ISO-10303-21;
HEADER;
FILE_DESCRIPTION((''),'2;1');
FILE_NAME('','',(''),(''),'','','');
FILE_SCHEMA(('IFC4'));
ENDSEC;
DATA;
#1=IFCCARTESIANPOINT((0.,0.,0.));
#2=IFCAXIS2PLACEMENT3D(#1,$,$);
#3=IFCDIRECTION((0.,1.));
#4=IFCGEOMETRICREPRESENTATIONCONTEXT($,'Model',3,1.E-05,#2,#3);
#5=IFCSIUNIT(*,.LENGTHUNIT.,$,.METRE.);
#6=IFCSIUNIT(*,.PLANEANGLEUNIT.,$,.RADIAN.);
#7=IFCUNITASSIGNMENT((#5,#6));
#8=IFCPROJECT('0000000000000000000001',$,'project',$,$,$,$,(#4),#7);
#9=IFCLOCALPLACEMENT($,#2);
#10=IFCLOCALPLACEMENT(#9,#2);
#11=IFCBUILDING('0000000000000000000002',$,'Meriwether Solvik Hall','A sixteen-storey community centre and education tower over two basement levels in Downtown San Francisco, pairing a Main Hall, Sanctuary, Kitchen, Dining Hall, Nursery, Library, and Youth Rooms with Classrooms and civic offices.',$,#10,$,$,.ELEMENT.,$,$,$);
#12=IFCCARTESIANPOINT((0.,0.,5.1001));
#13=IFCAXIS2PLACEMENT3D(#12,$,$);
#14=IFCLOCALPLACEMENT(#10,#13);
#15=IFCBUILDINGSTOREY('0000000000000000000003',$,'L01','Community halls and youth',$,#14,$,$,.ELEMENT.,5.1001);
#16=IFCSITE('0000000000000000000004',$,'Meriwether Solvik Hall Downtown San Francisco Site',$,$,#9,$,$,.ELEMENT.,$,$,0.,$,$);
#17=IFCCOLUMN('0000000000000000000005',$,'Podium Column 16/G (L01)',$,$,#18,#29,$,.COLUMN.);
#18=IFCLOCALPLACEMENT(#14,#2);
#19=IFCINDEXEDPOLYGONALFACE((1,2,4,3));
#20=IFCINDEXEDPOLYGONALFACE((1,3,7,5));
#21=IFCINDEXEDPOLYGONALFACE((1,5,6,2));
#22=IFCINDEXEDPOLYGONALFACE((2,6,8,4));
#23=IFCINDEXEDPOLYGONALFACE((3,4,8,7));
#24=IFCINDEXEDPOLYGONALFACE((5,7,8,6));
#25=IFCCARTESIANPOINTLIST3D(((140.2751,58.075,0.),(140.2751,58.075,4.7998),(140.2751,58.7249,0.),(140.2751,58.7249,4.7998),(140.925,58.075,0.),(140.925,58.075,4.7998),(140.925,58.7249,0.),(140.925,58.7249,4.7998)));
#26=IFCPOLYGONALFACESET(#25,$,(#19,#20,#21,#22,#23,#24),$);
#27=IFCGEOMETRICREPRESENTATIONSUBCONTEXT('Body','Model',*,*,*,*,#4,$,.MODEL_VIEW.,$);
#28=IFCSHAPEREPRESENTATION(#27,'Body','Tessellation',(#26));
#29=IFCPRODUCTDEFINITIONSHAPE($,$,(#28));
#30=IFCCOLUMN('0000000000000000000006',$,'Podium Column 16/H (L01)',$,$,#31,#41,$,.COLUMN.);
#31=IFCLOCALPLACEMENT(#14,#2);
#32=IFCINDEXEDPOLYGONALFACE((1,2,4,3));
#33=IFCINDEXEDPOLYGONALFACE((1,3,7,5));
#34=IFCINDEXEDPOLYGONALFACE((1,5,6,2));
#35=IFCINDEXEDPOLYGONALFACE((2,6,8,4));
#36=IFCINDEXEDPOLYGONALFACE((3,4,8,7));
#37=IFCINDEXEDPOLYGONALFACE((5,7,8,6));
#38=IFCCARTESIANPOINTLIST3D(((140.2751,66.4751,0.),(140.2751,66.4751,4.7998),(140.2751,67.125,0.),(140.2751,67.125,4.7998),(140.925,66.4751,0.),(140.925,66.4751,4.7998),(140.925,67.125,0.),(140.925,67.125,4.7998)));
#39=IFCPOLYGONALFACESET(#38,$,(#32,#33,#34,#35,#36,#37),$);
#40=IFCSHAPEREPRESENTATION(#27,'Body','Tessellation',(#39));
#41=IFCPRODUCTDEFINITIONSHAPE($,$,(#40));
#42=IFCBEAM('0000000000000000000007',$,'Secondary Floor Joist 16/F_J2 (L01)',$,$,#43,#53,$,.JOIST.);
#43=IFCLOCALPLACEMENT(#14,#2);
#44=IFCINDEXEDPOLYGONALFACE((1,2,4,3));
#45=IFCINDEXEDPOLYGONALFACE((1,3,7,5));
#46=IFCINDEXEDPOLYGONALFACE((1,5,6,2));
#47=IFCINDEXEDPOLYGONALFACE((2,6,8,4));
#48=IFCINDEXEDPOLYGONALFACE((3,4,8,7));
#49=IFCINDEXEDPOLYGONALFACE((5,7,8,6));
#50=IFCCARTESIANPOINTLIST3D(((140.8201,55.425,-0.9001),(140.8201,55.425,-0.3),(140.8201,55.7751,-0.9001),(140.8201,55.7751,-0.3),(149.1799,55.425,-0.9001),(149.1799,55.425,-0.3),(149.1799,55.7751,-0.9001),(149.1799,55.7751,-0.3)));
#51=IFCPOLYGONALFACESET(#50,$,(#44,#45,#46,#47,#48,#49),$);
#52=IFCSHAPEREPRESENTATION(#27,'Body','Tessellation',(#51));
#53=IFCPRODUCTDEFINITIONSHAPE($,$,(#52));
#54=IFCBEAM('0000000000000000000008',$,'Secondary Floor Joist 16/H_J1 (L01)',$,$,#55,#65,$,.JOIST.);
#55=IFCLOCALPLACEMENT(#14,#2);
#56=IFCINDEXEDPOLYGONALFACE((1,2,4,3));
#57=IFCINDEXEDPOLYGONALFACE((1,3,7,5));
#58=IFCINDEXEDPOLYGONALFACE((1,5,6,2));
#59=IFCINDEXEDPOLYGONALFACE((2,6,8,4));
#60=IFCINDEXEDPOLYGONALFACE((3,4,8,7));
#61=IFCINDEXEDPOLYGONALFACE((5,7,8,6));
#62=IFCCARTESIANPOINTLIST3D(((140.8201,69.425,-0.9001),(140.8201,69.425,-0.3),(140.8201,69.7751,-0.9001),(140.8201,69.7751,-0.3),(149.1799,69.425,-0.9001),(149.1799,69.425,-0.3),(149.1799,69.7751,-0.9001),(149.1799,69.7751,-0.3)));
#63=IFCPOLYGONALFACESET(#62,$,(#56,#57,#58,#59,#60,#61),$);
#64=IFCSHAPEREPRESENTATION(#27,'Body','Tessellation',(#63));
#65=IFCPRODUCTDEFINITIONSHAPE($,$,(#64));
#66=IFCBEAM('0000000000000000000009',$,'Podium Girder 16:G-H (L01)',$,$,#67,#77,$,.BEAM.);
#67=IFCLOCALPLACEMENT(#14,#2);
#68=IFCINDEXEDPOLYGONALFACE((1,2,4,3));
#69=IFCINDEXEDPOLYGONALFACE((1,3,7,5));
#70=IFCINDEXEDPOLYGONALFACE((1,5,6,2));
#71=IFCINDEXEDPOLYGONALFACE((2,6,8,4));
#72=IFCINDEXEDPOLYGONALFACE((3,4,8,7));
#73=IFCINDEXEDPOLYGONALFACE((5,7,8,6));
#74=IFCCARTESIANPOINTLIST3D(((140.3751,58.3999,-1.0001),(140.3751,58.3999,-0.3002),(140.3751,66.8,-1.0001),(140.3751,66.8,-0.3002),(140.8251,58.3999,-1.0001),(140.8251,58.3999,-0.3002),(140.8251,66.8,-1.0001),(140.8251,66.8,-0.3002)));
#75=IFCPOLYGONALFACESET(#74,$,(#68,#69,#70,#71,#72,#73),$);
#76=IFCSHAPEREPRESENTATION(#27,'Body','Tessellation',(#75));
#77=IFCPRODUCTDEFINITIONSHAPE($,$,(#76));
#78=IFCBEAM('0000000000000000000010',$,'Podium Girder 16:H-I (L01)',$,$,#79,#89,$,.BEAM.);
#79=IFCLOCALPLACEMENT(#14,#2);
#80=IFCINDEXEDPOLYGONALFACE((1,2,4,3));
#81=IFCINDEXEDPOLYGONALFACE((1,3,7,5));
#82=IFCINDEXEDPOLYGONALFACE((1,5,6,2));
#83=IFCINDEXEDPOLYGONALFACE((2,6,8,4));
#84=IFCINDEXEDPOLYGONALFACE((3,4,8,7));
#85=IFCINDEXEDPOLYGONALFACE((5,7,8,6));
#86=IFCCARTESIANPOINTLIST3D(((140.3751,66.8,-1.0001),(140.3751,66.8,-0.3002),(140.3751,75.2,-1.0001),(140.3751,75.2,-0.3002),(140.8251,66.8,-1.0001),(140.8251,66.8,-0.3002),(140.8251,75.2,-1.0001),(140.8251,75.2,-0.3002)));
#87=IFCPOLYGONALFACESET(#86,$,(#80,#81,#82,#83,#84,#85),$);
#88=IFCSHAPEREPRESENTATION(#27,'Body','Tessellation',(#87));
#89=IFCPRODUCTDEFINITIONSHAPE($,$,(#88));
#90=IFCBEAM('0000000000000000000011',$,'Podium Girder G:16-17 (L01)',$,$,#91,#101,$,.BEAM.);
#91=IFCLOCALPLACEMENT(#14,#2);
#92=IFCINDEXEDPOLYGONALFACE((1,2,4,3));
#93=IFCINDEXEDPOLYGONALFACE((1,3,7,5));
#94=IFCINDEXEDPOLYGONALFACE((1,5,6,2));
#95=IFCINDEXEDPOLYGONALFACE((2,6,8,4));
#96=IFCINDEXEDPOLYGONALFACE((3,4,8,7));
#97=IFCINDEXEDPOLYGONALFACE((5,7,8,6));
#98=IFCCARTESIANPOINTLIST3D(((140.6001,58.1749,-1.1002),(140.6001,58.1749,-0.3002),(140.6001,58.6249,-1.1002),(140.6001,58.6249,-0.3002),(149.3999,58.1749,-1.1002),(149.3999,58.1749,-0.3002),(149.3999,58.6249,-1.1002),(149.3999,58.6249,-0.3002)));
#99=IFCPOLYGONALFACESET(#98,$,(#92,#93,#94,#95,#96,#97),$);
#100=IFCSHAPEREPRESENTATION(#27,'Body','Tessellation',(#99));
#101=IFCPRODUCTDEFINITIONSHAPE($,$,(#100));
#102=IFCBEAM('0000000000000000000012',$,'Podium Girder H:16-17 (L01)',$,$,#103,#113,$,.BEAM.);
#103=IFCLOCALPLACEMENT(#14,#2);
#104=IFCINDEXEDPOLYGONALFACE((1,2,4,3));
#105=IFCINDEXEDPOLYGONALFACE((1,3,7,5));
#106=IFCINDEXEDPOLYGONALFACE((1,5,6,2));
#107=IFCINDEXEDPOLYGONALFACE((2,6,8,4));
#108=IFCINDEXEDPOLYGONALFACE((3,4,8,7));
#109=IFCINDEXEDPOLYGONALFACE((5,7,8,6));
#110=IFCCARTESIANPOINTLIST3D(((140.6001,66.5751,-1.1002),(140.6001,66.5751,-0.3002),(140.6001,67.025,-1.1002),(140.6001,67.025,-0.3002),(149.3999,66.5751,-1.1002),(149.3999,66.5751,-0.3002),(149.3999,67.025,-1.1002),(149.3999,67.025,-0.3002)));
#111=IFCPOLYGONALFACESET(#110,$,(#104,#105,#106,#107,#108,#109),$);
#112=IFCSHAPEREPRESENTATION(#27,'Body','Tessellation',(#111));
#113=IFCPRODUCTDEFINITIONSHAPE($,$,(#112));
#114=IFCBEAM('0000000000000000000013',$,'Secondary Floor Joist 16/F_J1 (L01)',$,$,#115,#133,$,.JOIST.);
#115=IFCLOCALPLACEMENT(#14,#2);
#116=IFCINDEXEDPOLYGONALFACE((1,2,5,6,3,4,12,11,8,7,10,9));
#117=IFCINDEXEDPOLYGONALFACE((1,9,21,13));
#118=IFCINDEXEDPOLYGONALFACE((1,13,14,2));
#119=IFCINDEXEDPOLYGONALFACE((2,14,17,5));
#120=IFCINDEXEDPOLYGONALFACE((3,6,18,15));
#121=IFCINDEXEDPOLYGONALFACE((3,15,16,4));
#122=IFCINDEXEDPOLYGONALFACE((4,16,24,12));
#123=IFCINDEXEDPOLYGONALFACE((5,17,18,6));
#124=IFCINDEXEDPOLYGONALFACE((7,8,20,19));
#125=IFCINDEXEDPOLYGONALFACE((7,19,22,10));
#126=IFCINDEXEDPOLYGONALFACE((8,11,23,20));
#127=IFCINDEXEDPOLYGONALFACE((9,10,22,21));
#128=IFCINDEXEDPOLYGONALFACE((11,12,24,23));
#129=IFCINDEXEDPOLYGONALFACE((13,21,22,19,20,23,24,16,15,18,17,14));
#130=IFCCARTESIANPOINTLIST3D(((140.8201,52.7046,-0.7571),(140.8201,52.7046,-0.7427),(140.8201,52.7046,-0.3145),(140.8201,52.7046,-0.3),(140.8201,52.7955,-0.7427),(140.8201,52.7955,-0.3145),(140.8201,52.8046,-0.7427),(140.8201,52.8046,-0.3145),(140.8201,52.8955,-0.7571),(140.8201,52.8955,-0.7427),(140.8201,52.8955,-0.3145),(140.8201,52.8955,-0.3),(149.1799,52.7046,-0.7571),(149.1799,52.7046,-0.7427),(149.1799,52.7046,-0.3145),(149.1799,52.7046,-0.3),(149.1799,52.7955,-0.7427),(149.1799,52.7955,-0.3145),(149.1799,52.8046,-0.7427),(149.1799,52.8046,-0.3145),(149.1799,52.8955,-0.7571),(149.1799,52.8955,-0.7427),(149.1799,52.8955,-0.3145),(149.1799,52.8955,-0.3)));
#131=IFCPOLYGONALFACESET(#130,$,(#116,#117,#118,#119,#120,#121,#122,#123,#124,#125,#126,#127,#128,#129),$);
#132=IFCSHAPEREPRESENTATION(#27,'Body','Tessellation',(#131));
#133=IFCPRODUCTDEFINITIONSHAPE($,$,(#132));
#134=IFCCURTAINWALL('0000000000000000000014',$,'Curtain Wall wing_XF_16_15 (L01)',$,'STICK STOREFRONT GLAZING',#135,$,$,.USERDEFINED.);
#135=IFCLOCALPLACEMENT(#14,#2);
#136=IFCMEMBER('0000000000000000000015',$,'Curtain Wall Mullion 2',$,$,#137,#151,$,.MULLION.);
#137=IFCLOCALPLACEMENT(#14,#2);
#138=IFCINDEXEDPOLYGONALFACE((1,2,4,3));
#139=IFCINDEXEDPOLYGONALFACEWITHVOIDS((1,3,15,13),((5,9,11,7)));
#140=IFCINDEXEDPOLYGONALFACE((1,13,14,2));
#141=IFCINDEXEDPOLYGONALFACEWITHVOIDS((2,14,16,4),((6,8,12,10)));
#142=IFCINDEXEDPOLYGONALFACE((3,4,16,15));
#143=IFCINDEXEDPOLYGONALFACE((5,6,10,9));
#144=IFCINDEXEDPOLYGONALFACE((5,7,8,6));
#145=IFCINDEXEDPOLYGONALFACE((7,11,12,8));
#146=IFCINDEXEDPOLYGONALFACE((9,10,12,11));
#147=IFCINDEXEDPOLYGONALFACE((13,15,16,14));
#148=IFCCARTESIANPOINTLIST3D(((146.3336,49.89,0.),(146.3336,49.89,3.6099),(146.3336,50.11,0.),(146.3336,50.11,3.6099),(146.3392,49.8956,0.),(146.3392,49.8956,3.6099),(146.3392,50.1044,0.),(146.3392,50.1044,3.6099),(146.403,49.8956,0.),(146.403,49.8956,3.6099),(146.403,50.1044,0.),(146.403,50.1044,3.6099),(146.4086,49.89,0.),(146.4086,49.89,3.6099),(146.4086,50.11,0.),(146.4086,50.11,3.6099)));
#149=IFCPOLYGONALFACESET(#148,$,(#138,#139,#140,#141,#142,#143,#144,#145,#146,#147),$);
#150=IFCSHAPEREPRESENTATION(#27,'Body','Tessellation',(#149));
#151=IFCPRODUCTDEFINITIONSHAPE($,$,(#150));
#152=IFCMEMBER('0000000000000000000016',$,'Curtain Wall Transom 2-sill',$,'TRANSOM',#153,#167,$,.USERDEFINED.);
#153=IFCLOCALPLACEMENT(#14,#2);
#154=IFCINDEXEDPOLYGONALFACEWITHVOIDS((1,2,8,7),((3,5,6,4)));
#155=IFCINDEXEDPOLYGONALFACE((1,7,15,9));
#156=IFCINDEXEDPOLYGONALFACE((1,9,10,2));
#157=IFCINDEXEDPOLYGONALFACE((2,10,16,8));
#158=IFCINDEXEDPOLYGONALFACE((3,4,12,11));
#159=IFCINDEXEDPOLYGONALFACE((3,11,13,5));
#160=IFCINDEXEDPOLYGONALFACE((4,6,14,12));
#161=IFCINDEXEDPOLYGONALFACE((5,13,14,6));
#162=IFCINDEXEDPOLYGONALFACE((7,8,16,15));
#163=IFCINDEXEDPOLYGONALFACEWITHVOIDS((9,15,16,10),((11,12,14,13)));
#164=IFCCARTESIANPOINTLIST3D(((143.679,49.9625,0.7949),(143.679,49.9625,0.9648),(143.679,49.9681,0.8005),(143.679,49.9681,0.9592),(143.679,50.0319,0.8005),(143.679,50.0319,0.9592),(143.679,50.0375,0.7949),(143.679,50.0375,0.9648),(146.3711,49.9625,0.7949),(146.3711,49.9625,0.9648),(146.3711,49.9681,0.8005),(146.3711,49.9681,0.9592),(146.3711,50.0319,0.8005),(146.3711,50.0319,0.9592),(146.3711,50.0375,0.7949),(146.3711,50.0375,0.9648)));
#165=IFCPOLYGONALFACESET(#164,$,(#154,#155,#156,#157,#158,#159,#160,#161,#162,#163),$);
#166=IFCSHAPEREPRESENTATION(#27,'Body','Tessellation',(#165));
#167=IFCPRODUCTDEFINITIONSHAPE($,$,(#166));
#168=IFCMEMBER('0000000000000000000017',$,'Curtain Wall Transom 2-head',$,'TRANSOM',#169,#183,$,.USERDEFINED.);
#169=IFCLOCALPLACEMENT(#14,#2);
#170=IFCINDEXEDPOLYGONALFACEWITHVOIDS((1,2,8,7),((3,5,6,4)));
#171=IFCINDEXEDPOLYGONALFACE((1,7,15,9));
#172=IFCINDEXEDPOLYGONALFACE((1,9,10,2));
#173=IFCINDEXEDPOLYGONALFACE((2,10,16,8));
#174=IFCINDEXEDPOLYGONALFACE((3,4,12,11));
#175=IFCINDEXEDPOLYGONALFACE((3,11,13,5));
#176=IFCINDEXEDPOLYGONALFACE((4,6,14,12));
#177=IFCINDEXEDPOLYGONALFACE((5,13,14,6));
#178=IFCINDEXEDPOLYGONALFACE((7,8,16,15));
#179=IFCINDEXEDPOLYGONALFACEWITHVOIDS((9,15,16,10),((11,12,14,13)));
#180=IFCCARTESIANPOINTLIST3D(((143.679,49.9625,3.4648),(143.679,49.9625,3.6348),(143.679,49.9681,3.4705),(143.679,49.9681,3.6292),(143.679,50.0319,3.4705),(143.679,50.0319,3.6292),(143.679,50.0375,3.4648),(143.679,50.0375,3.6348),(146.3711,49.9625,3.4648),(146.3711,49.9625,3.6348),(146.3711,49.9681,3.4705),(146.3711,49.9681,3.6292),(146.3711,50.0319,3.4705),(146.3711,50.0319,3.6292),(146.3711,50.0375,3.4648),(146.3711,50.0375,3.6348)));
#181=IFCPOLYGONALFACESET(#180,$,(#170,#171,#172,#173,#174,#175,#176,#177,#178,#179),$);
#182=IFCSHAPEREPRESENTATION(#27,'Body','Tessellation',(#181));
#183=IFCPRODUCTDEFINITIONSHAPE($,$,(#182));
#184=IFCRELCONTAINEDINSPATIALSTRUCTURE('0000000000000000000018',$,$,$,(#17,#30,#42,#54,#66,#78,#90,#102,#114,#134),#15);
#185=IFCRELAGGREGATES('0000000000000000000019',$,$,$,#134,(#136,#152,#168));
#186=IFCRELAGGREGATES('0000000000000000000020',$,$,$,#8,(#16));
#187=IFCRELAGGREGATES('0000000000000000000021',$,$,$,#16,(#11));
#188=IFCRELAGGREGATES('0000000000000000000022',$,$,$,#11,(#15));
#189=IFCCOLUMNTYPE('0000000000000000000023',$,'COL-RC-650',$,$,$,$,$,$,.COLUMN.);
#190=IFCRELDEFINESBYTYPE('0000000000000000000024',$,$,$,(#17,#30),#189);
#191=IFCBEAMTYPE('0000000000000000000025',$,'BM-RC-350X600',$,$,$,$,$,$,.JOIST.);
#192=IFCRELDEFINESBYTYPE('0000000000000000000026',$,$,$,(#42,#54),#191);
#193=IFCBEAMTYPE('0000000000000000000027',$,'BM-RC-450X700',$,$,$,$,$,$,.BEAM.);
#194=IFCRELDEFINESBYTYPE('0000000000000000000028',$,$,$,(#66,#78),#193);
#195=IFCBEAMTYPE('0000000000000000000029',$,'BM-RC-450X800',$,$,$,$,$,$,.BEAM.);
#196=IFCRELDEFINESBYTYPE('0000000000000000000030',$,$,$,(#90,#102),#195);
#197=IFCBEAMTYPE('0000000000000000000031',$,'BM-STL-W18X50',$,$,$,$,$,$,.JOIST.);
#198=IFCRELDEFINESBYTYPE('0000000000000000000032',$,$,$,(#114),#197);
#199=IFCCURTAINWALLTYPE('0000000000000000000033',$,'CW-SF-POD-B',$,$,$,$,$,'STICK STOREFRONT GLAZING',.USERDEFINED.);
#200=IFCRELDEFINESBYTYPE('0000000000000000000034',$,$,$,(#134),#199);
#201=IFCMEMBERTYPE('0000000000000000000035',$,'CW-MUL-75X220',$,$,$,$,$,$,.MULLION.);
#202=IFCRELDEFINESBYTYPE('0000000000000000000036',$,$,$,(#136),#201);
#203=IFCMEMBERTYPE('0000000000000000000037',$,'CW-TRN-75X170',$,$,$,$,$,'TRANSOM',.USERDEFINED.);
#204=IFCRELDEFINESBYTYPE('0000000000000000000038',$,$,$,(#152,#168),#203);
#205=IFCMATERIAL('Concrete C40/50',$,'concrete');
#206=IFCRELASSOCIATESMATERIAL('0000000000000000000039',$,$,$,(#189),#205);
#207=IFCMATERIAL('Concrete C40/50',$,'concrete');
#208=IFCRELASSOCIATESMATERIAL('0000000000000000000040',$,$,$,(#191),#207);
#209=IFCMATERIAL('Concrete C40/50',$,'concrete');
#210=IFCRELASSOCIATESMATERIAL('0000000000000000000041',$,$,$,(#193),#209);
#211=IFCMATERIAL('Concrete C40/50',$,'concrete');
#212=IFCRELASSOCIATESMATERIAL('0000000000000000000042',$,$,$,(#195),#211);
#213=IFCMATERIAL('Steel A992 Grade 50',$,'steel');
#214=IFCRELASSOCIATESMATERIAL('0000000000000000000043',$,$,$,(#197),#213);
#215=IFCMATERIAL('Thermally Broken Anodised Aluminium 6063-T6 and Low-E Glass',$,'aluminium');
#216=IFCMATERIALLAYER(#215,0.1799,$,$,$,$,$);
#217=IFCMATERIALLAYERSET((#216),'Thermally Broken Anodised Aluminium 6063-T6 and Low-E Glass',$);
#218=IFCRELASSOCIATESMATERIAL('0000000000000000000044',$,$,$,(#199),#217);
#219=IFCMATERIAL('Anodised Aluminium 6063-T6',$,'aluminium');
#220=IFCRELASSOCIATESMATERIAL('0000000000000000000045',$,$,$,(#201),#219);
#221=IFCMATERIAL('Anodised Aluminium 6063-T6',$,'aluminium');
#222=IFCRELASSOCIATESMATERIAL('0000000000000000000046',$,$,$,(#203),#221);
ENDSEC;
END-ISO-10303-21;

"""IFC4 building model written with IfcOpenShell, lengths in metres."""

from ifc_helpers import new_model, si_unit, direction, frame, origin, origin_2d, place, context, subcontext, project, spatial, rectangle, hollow_rectangle, i_section, extrude, material, layer, layer_set, material_profile, profile_set, type_object, element, aggregate, save


model = new_model("IFC4")

# Units and contexts
model_context = context("Model", 3, precision=1e-05, world=origin(), true_north=direction((0.0, 1.0)))
body_context = subcontext(model_context, "Body", "Model", "MODEL_VIEW")
ifc_project = project(units=[si_unit("LENGTHUNIT", "METRE"), si_unit("PLANEANGLEUNIT", "RADIAN")], contexts=[model_context])

# Site, building, storey
site_placement = place(None, origin())
site = spatial("IfcSite", under=ifc_project, at=site_placement, Name="Meriwether Solvik Hall Downtown San Francisco Site", CompositionType="ELEMENT", RefElevation=0.0)
building_placement = place(site_placement, origin())
building = spatial("IfcBuilding", under=site, at=building_placement, Name="Meriwether Solvik Hall", Description="A sixteen-storey community centre and education tower over two basement levels in Downtown San Francisco, pairing a Main Hall, Sanctuary, Kitchen, Dining Hall, Nursery, Library, and Youth Rooms with Classrooms and civic offices.", CompositionType="ELEMENT")
storey_placement = place(building_placement, frame((0.0, 0.0, 5.1001)))
storey = spatial("IfcBuildingStorey", under=building, at=storey_placement, Name="L01", Description="Community halls and youth", CompositionType="ELEMENT", Elevation=5.1001)

# Columns
ifc_material_1 = material(Name="Concrete C40/50", Category="concrete")
ifc_material_profile_1 = material_profile(ifc_material_1, rectangle(XDim=0.6499, YDim=0.6499, at=origin_2d()), Name="RCC-650X650")
ifc_profile_set_1 = profile_set([ifc_material_profile_1], Name="Concrete C40/50")
column_type = type_object("IfcColumnType", Name="COL-RC-650", PredefinedType="COLUMN", material=ifc_profile_set_1)
for number, where, z_axis, x_axis, name in (
    (1, (140.6001, 58.3999, 0.0), (0.0, 0.0, 1.0), (1.0, 0.0, 0.0), "Podium Column 16/G (L01)"),
    (2, (140.6001, 66.8, 0.0), (0.0, 0.0, 1.0), (1.0, 0.0, 0.0), "Podium Column 16/H (L01)"),
):
    element("IfcColumn", number, at=place(storey_placement, frame(where, z_axis=z_axis, x_axis=x_axis)), inside=storey, type_object=column_type, Name=name, PredefinedType="COLUMN", context=body_context, shape_type="SweptSolid", body=[
        extrude(rectangle(XDim=0.6499, YDim=0.6499, at=origin_2d()), origin(), (0.0, 0.0, 1.0), 4.7998),
    ])

# Beams
ifc_material_2 = material(Name="Concrete C40/50", Category="concrete")
ifc_material_profile_2 = material_profile(ifc_material_2, rectangle(XDim=0.3501, YDim=0.6001, at=origin_2d()), Name="RCB-350X600")
ifc_profile_set_2 = profile_set([ifc_material_profile_2], Name="Concrete C40/50")
beam_type_1 = type_object("IfcBeamType", Name="BM-RC-350X600", PredefinedType="JOIST", material=ifc_profile_set_2)
for number, where, z_axis, x_axis, name in (
    (3, (140.8201, 55.6001, -0.6001), (1.0, 0.0, 0.0), (0.0, 1.0, 0.0), "Secondary Floor Joist 16/F_J2 (L01)"),
    (4, (140.8201, 69.6001, -0.6001), (1.0, 0.0, 0.0), (0.0, 1.0, 0.0), "Secondary Floor Joist 16/H_J1 (L01)"),
):
    element("IfcBeam", number, at=place(storey_placement, frame(where, z_axis=z_axis, x_axis=x_axis)), inside=storey, type_object=beam_type_1, Name=name, PredefinedType="JOIST", context=body_context, shape_type="SweptSolid", body=[
        extrude(rectangle(XDim=0.3501, YDim=0.6001, at=origin_2d()), origin(), (0.0, 0.0, 1.0), 8.3599),
    ])
ifc_material_3 = material(Name="Concrete C40/50", Category="concrete")
ifc_material_profile_3 = material_profile(ifc_material_3, rectangle(XDim=0.45, YDim=0.7, at=origin_2d()), Name="RCB-450X700")
ifc_profile_set_3 = profile_set([ifc_material_profile_3], Name="Concrete C40/50")
beam_type_2 = type_object("IfcBeamType", Name="BM-RC-450X700", PredefinedType="BEAM", material=ifc_profile_set_3)
beam_1_placement = place(storey_placement, frame((140.6001, 58.3999, -0.6501), z_axis=(0.0, 1.0, 0.0), x_axis=(-1.0, 0.0, 0.0)))
element("IfcBeam", 5, at=beam_1_placement, inside=storey, type_object=beam_type_2, Name="Podium Girder 16:G-H (L01)", PredefinedType="BEAM", context=body_context, shape_type="SweptSolid", body=[
    extrude(rectangle(XDim=0.45, YDim=0.7, at=origin_2d()), origin(), (0.0, 0.0, 1.0), 8.4001),
])
beam_2_placement = place(storey_placement, frame((140.6001, 66.8, -0.6501), z_axis=(0.0, 1.0, 0.0), x_axis=(-1.0, 0.0, 0.0)))
element("IfcBeam", 6, at=beam_2_placement, inside=storey, type_object=beam_type_2, Name="Podium Girder 16:H-I (L01)", PredefinedType="BEAM", context=body_context, shape_type="SweptSolid", body=[
    extrude(rectangle(XDim=0.45, YDim=0.7, at=origin_2d()), origin(), (0.0, 0.0, 1.0), 8.3999),
])
ifc_material_4 = material(Name="Concrete C40/50", Category="concrete")
ifc_material_profile_4 = material_profile(ifc_material_4, rectangle(XDim=0.45, YDim=0.8, at=origin_2d()), Name="RCB-450X800")
ifc_profile_set_4 = profile_set([ifc_material_profile_4], Name="Concrete C40/50")
beam_type_3 = type_object("IfcBeamType", Name="BM-RC-450X800", PredefinedType="BEAM", material=ifc_profile_set_4)
for number, where, z_axis, x_axis, name in (
    (7, (140.6001, 58.3999, -0.7002), (1.0, 0.0, 0.0), (0.0, 1.0, 0.0), "Podium Girder G:16-17 (L01)"),
    (8, (140.6001, 66.8, -0.7002), (1.0, 0.0, 0.0), (0.0, 1.0, 0.0), "Podium Girder H:16-17 (L01)"),
):
    element("IfcBeam", number, at=place(storey_placement, frame(where, z_axis=z_axis, x_axis=x_axis)), inside=storey, type_object=beam_type_3, Name=name, PredefinedType="BEAM", context=body_context, shape_type="SweptSolid", body=[
        extrude(rectangle(XDim=0.45, YDim=0.8, at=origin_2d()), origin(), (0.0, 0.0, 1.0), 8.7998),
    ])
ifc_material_5 = material(Name="Steel A992 Grade 50", Category="steel")
ifc_material_profile_5 = material_profile(ifc_material_5, i_section(OverallWidth=0.1909, OverallDepth=0.457, WebThickness=0.009, FlangeThickness=0.0144, at=origin_2d()), Name="W18X50")
ifc_profile_set_5 = profile_set([ifc_material_profile_5], Name="Steel A992 Grade 50")
beam_type_4 = type_object("IfcBeamType", Name="BM-STL-W18X50", PredefinedType="JOIST", material=ifc_profile_set_5)
beam_3_placement = place(storey_placement, frame((140.8201, 52.8, -0.5286), z_axis=(1.0, 0.0, 0.0), x_axis=(0.0, 1.0, 0.0)))
element("IfcBeam", 9, at=beam_3_placement, inside=storey, type_object=beam_type_4, Name="Secondary Floor Joist 16/F_J1 (L01)", PredefinedType="JOIST", context=body_context, shape_type="SweptSolid", body=[
    extrude(i_section(OverallWidth=0.1909, OverallDepth=0.457, WebThickness=0.009, FlangeThickness=0.0144, at=origin_2d()), origin(), (0.0, 0.0, 1.0), 8.3599),
])

# Curtain wall, members
ifc_material_6 = material(Name="Thermally Broken Anodised Aluminium 6063-T6 and Low-E Glass", Category="aluminium")
ifc_layer_1 = layer(ifc_material_6, 0.1799)
ifc_layer_set_1 = layer_set([ifc_layer_1], Name="Thermally Broken Anodised Aluminium 6063-T6 and Low-E Glass")
curtain_wall_type = type_object("IfcCurtainWallType", Name="CW-SF-POD-B", ElementType="STICK STOREFRONT GLAZING", PredefinedType="USERDEFINED", material=ifc_layer_set_1)
curtain_wall_placement = place(storey_placement, origin())
curtain_wall = element("IfcCurtainWall", 10, at=curtain_wall_placement, inside=storey, type_object=curtain_wall_type, Name="Curtain Wall wing_XF_16_15 (L01)", ObjectType="STICK STOREFRONT GLAZING", PredefinedType="USERDEFINED")
ifc_material_7 = material(Name="Anodised Aluminium 6063-T6", Category="aluminium")
ifc_material_profile_6 = material_profile(ifc_material_7, hollow_rectangle(XDim=0.075, YDim=0.22, WallThickness=0.0056, at=origin_2d()), Name="CWM-75X220")
ifc_profile_set_6 = profile_set([ifc_material_profile_6], Name="Anodised Aluminium 6063-T6")
member_type_1 = type_object("IfcMemberType", Name="CW-MUL-75X220", PredefinedType="MULLION", material=ifc_profile_set_6)
member_1_placement = place(storey_placement, frame((146.3711, 50.0, 0.0), z_axis=(0.0, 0.0, 1.0), x_axis=(-1.0, 0.0, 0.0)))
member_1 = element("IfcMember", 11, at=member_1_placement, type_object=member_type_1, Name="Curtain Wall Mullion 2", PredefinedType="MULLION", context=body_context, shape_type="SweptSolid", body=[
    extrude(hollow_rectangle(XDim=0.075, YDim=0.22, WallThickness=0.0056, at=origin_2d()), origin(), (0.0, 0.0, 1.0), 3.6099),
])
ifc_material_8 = material(Name="Anodised Aluminium 6063-T6", Category="aluminium")
ifc_material_profile_7 = material_profile(ifc_material_8, hollow_rectangle(XDim=0.075, YDim=0.1699, WallThickness=0.0056, at=origin_2d()), Name="CWT-75X170")
ifc_profile_set_7 = profile_set([ifc_material_profile_7], Name="Anodised Aluminium 6063-T6")
member_type_2 = type_object("IfcMemberType", Name="CW-TRN-75X170", ElementType="TRANSOM", PredefinedType="USERDEFINED", material=ifc_profile_set_7)
member_2_placement = place(storey_placement, frame((146.3711, 50.0, 0.8799), z_axis=(-1.0, 0.0, 0.0), x_axis=(0.0, -1.0, 0.0)))
member_2 = element("IfcMember", 12, at=member_2_placement, type_object=member_type_2, Name="Curtain Wall Transom 2-sill", ObjectType="TRANSOM", PredefinedType="USERDEFINED", context=body_context, shape_type="SweptSolid", body=[
    extrude(hollow_rectangle(XDim=0.075, YDim=0.1699, WallThickness=0.0056, at=origin_2d()), origin(), (0.0, 0.0, 1.0), 2.6921),
])
member_3_placement = place(storey_placement, frame((146.3711, 50.0, 3.5498), z_axis=(-1.0, 0.0, 0.0), x_axis=(0.0, -1.0, 0.0)))
member_3 = element("IfcMember", 13, at=member_3_placement, type_object=member_type_2, Name="Curtain Wall Transom 2-head", ObjectType="TRANSOM", PredefinedType="USERDEFINED", context=body_context, shape_type="SweptSolid", body=[
    extrude(hollow_rectangle(XDim=0.075, YDim=0.1699, WallThickness=0.0056, at=origin_2d()), origin(), (0.0, 0.0, 1.0), 2.6921),
])
aggregate(curtain_wall, [member_1, member_2, member_3])

save(model, "model.ifc")
